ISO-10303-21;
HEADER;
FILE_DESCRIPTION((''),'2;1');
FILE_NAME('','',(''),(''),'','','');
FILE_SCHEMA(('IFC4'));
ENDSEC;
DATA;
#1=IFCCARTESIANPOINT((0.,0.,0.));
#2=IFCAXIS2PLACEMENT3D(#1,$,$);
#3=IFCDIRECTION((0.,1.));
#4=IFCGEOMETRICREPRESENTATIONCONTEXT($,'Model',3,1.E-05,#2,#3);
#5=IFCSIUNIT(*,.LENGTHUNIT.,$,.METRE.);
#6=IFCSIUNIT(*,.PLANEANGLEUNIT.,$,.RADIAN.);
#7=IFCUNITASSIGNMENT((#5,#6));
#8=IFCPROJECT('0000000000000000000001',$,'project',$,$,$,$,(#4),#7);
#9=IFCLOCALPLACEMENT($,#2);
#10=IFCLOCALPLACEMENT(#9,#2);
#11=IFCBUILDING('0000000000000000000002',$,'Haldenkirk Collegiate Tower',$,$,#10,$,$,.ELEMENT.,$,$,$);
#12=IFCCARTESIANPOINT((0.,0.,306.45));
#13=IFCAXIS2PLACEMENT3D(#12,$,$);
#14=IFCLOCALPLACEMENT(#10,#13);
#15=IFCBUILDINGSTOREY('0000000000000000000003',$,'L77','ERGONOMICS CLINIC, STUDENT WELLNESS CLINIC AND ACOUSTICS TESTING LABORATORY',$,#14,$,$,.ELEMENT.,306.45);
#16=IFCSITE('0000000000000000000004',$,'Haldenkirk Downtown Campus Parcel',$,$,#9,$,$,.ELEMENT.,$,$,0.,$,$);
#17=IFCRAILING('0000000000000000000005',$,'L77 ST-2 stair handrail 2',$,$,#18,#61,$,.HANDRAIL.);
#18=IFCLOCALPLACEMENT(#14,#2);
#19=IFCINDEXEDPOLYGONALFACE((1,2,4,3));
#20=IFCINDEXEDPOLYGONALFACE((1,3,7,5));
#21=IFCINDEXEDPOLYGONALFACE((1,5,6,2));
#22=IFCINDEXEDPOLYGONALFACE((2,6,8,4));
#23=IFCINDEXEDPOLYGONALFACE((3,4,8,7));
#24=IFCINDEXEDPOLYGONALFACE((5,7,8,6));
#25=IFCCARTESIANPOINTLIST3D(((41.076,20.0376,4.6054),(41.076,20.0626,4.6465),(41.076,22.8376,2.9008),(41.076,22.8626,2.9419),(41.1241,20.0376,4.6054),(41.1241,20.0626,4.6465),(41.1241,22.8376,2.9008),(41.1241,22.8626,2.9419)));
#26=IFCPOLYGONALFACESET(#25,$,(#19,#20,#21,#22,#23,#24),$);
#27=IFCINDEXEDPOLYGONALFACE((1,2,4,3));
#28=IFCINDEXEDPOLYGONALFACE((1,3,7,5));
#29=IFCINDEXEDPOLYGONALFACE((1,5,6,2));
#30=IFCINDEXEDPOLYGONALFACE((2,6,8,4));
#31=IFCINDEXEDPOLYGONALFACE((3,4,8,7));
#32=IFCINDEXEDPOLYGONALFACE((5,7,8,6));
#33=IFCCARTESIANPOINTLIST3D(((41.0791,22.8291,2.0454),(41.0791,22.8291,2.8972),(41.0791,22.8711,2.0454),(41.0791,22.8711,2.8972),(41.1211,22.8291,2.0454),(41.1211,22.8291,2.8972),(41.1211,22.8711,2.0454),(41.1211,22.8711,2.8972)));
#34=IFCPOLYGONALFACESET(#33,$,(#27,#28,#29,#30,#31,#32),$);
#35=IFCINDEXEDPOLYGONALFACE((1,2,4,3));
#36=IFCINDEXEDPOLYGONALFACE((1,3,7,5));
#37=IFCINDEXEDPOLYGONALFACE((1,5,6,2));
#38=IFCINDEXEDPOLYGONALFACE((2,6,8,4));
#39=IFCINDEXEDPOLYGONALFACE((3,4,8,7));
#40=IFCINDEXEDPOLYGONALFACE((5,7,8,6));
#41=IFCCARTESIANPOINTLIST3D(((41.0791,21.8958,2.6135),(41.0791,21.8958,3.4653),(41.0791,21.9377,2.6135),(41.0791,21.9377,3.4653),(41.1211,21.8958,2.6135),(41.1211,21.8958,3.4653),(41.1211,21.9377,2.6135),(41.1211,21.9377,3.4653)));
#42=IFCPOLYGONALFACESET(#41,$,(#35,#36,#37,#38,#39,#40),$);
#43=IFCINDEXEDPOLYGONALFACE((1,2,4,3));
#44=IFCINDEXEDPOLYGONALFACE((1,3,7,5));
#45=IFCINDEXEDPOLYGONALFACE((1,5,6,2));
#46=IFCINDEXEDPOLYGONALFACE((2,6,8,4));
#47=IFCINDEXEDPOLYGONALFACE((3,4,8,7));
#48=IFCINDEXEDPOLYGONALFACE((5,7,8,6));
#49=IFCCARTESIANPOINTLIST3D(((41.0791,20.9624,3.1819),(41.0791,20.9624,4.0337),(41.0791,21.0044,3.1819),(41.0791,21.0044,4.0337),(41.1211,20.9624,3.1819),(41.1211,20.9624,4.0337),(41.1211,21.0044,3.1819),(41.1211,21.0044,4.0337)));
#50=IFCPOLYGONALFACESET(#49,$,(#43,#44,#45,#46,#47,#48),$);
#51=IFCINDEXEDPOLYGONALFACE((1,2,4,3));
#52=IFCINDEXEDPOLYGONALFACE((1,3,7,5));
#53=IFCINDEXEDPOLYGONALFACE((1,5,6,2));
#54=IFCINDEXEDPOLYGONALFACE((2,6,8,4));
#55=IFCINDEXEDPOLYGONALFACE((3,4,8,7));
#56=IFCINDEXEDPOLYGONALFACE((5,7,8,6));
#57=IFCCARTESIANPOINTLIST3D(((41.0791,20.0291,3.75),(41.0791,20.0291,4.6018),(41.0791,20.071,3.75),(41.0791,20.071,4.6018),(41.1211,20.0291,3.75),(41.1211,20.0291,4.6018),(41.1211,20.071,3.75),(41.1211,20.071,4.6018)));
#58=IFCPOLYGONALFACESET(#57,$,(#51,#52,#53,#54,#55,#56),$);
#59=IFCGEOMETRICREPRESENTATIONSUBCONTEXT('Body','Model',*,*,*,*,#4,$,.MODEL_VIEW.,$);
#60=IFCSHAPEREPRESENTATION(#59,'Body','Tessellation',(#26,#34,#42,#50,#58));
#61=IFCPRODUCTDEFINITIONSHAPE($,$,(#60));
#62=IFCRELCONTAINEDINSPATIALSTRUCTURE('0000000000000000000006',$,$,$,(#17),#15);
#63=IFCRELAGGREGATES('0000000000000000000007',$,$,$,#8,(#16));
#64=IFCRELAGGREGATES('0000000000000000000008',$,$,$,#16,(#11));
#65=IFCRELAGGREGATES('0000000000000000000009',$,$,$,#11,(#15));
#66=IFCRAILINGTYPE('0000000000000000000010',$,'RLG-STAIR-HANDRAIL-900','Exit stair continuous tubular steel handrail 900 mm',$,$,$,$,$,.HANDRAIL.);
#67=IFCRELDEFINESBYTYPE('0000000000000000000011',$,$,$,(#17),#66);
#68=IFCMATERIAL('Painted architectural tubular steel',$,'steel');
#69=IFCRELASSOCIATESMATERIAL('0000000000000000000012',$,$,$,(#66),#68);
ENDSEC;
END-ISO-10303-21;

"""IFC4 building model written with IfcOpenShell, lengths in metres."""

from ifc_helpers import new_model, si_unit, direction, frame, origin, origin_2d, place, context, subcontext, project, spatial, rectangle, extrude, material, type_object, element, save


model = new_model("IFC4")

# Units and contexts
model_context = context("Model", 3, precision=1e-05, world=origin(), true_north=direction((0.0, 1.0)))
body_context = subcontext(model_context, "Body", "Model", "MODEL_VIEW")
ifc_project = project(units=[si_unit("LENGTHUNIT", "METRE"), si_unit("PLANEANGLEUNIT", "RADIAN")], contexts=[model_context])

# Site, building, storey
site_placement = place(None, origin())
site = spatial("IfcSite", under=ifc_project, at=site_placement, Name="Haldenkirk Downtown Campus Parcel", CompositionType="ELEMENT", RefElevation=0.0)
building_placement = place(site_placement, origin())
building = spatial("IfcBuilding", under=site, at=building_placement, Name="Haldenkirk Collegiate Tower", CompositionType="ELEMENT")
storey_placement = place(building_placement, frame((0.0, 0.0, 306.45)))
storey = spatial("IfcBuildingStorey", under=building, at=storey_placement, Name="L77", Description="ERGONOMICS CLINIC, STUDENT WELLNESS CLINIC AND ACOUSTICS TESTING LABORATORY", CompositionType="ELEMENT", Elevation=306.45)

# Railing
ifc_material_1 = material(Name="Painted architectural tubular steel", Category="steel")
railing_type_1 = type_object("IfcRailingType", Name="RLG-STAIR-HANDRAIL-900", Description="Exit stair continuous tubular steel handrail 900 mm", PredefinedType="HANDRAIL", material=ifc_material_1)
railing_1_placement = place(storey_placement, frame((41.1001, 22.8501, 2.0454)))
element("IfcRailing", 1, at=railing_1_placement, inside=storey, type_object=railing_type_1, Name="L77 ST-2 stair handrail 2", PredefinedType="HANDRAIL", context=body_context, shape_type="SweptSolid", body=[
    extrude(rectangle(XDim=0.0481, YDim=0.0481, at=origin_2d()), frame((0.0, 0.0, 0.876), z_axis=(0.0, -0.85417, 0.519994), x_axis=(1.0, 0.0, 0.0)), (0.0, 0.0, 1.0), 3.2781),
    extrude(rectangle(XDim=0.042, YDim=0.042, at=origin_2d()), origin(), (0.0, 0.0, 1.0), 0.8518),
    extrude(rectangle(XDim=0.042, YDim=0.042, at=origin_2d()), frame((0.0, -0.9333, 0.5681)), (0.0, 0.0, 1.0), 0.8518),
    extrude(rectangle(XDim=0.042, YDim=0.042, at=origin_2d()), frame((0.0, -1.8667, 1.1365)), (0.0, 0.0, 1.0), 0.8518),
    extrude(rectangle(XDim=0.042, YDim=0.042, at=origin_2d()), frame((0.0, -2.8, 1.7046)), (0.0, 0.0, 1.0), 0.8518),
])

save(model, "model.ifc")
